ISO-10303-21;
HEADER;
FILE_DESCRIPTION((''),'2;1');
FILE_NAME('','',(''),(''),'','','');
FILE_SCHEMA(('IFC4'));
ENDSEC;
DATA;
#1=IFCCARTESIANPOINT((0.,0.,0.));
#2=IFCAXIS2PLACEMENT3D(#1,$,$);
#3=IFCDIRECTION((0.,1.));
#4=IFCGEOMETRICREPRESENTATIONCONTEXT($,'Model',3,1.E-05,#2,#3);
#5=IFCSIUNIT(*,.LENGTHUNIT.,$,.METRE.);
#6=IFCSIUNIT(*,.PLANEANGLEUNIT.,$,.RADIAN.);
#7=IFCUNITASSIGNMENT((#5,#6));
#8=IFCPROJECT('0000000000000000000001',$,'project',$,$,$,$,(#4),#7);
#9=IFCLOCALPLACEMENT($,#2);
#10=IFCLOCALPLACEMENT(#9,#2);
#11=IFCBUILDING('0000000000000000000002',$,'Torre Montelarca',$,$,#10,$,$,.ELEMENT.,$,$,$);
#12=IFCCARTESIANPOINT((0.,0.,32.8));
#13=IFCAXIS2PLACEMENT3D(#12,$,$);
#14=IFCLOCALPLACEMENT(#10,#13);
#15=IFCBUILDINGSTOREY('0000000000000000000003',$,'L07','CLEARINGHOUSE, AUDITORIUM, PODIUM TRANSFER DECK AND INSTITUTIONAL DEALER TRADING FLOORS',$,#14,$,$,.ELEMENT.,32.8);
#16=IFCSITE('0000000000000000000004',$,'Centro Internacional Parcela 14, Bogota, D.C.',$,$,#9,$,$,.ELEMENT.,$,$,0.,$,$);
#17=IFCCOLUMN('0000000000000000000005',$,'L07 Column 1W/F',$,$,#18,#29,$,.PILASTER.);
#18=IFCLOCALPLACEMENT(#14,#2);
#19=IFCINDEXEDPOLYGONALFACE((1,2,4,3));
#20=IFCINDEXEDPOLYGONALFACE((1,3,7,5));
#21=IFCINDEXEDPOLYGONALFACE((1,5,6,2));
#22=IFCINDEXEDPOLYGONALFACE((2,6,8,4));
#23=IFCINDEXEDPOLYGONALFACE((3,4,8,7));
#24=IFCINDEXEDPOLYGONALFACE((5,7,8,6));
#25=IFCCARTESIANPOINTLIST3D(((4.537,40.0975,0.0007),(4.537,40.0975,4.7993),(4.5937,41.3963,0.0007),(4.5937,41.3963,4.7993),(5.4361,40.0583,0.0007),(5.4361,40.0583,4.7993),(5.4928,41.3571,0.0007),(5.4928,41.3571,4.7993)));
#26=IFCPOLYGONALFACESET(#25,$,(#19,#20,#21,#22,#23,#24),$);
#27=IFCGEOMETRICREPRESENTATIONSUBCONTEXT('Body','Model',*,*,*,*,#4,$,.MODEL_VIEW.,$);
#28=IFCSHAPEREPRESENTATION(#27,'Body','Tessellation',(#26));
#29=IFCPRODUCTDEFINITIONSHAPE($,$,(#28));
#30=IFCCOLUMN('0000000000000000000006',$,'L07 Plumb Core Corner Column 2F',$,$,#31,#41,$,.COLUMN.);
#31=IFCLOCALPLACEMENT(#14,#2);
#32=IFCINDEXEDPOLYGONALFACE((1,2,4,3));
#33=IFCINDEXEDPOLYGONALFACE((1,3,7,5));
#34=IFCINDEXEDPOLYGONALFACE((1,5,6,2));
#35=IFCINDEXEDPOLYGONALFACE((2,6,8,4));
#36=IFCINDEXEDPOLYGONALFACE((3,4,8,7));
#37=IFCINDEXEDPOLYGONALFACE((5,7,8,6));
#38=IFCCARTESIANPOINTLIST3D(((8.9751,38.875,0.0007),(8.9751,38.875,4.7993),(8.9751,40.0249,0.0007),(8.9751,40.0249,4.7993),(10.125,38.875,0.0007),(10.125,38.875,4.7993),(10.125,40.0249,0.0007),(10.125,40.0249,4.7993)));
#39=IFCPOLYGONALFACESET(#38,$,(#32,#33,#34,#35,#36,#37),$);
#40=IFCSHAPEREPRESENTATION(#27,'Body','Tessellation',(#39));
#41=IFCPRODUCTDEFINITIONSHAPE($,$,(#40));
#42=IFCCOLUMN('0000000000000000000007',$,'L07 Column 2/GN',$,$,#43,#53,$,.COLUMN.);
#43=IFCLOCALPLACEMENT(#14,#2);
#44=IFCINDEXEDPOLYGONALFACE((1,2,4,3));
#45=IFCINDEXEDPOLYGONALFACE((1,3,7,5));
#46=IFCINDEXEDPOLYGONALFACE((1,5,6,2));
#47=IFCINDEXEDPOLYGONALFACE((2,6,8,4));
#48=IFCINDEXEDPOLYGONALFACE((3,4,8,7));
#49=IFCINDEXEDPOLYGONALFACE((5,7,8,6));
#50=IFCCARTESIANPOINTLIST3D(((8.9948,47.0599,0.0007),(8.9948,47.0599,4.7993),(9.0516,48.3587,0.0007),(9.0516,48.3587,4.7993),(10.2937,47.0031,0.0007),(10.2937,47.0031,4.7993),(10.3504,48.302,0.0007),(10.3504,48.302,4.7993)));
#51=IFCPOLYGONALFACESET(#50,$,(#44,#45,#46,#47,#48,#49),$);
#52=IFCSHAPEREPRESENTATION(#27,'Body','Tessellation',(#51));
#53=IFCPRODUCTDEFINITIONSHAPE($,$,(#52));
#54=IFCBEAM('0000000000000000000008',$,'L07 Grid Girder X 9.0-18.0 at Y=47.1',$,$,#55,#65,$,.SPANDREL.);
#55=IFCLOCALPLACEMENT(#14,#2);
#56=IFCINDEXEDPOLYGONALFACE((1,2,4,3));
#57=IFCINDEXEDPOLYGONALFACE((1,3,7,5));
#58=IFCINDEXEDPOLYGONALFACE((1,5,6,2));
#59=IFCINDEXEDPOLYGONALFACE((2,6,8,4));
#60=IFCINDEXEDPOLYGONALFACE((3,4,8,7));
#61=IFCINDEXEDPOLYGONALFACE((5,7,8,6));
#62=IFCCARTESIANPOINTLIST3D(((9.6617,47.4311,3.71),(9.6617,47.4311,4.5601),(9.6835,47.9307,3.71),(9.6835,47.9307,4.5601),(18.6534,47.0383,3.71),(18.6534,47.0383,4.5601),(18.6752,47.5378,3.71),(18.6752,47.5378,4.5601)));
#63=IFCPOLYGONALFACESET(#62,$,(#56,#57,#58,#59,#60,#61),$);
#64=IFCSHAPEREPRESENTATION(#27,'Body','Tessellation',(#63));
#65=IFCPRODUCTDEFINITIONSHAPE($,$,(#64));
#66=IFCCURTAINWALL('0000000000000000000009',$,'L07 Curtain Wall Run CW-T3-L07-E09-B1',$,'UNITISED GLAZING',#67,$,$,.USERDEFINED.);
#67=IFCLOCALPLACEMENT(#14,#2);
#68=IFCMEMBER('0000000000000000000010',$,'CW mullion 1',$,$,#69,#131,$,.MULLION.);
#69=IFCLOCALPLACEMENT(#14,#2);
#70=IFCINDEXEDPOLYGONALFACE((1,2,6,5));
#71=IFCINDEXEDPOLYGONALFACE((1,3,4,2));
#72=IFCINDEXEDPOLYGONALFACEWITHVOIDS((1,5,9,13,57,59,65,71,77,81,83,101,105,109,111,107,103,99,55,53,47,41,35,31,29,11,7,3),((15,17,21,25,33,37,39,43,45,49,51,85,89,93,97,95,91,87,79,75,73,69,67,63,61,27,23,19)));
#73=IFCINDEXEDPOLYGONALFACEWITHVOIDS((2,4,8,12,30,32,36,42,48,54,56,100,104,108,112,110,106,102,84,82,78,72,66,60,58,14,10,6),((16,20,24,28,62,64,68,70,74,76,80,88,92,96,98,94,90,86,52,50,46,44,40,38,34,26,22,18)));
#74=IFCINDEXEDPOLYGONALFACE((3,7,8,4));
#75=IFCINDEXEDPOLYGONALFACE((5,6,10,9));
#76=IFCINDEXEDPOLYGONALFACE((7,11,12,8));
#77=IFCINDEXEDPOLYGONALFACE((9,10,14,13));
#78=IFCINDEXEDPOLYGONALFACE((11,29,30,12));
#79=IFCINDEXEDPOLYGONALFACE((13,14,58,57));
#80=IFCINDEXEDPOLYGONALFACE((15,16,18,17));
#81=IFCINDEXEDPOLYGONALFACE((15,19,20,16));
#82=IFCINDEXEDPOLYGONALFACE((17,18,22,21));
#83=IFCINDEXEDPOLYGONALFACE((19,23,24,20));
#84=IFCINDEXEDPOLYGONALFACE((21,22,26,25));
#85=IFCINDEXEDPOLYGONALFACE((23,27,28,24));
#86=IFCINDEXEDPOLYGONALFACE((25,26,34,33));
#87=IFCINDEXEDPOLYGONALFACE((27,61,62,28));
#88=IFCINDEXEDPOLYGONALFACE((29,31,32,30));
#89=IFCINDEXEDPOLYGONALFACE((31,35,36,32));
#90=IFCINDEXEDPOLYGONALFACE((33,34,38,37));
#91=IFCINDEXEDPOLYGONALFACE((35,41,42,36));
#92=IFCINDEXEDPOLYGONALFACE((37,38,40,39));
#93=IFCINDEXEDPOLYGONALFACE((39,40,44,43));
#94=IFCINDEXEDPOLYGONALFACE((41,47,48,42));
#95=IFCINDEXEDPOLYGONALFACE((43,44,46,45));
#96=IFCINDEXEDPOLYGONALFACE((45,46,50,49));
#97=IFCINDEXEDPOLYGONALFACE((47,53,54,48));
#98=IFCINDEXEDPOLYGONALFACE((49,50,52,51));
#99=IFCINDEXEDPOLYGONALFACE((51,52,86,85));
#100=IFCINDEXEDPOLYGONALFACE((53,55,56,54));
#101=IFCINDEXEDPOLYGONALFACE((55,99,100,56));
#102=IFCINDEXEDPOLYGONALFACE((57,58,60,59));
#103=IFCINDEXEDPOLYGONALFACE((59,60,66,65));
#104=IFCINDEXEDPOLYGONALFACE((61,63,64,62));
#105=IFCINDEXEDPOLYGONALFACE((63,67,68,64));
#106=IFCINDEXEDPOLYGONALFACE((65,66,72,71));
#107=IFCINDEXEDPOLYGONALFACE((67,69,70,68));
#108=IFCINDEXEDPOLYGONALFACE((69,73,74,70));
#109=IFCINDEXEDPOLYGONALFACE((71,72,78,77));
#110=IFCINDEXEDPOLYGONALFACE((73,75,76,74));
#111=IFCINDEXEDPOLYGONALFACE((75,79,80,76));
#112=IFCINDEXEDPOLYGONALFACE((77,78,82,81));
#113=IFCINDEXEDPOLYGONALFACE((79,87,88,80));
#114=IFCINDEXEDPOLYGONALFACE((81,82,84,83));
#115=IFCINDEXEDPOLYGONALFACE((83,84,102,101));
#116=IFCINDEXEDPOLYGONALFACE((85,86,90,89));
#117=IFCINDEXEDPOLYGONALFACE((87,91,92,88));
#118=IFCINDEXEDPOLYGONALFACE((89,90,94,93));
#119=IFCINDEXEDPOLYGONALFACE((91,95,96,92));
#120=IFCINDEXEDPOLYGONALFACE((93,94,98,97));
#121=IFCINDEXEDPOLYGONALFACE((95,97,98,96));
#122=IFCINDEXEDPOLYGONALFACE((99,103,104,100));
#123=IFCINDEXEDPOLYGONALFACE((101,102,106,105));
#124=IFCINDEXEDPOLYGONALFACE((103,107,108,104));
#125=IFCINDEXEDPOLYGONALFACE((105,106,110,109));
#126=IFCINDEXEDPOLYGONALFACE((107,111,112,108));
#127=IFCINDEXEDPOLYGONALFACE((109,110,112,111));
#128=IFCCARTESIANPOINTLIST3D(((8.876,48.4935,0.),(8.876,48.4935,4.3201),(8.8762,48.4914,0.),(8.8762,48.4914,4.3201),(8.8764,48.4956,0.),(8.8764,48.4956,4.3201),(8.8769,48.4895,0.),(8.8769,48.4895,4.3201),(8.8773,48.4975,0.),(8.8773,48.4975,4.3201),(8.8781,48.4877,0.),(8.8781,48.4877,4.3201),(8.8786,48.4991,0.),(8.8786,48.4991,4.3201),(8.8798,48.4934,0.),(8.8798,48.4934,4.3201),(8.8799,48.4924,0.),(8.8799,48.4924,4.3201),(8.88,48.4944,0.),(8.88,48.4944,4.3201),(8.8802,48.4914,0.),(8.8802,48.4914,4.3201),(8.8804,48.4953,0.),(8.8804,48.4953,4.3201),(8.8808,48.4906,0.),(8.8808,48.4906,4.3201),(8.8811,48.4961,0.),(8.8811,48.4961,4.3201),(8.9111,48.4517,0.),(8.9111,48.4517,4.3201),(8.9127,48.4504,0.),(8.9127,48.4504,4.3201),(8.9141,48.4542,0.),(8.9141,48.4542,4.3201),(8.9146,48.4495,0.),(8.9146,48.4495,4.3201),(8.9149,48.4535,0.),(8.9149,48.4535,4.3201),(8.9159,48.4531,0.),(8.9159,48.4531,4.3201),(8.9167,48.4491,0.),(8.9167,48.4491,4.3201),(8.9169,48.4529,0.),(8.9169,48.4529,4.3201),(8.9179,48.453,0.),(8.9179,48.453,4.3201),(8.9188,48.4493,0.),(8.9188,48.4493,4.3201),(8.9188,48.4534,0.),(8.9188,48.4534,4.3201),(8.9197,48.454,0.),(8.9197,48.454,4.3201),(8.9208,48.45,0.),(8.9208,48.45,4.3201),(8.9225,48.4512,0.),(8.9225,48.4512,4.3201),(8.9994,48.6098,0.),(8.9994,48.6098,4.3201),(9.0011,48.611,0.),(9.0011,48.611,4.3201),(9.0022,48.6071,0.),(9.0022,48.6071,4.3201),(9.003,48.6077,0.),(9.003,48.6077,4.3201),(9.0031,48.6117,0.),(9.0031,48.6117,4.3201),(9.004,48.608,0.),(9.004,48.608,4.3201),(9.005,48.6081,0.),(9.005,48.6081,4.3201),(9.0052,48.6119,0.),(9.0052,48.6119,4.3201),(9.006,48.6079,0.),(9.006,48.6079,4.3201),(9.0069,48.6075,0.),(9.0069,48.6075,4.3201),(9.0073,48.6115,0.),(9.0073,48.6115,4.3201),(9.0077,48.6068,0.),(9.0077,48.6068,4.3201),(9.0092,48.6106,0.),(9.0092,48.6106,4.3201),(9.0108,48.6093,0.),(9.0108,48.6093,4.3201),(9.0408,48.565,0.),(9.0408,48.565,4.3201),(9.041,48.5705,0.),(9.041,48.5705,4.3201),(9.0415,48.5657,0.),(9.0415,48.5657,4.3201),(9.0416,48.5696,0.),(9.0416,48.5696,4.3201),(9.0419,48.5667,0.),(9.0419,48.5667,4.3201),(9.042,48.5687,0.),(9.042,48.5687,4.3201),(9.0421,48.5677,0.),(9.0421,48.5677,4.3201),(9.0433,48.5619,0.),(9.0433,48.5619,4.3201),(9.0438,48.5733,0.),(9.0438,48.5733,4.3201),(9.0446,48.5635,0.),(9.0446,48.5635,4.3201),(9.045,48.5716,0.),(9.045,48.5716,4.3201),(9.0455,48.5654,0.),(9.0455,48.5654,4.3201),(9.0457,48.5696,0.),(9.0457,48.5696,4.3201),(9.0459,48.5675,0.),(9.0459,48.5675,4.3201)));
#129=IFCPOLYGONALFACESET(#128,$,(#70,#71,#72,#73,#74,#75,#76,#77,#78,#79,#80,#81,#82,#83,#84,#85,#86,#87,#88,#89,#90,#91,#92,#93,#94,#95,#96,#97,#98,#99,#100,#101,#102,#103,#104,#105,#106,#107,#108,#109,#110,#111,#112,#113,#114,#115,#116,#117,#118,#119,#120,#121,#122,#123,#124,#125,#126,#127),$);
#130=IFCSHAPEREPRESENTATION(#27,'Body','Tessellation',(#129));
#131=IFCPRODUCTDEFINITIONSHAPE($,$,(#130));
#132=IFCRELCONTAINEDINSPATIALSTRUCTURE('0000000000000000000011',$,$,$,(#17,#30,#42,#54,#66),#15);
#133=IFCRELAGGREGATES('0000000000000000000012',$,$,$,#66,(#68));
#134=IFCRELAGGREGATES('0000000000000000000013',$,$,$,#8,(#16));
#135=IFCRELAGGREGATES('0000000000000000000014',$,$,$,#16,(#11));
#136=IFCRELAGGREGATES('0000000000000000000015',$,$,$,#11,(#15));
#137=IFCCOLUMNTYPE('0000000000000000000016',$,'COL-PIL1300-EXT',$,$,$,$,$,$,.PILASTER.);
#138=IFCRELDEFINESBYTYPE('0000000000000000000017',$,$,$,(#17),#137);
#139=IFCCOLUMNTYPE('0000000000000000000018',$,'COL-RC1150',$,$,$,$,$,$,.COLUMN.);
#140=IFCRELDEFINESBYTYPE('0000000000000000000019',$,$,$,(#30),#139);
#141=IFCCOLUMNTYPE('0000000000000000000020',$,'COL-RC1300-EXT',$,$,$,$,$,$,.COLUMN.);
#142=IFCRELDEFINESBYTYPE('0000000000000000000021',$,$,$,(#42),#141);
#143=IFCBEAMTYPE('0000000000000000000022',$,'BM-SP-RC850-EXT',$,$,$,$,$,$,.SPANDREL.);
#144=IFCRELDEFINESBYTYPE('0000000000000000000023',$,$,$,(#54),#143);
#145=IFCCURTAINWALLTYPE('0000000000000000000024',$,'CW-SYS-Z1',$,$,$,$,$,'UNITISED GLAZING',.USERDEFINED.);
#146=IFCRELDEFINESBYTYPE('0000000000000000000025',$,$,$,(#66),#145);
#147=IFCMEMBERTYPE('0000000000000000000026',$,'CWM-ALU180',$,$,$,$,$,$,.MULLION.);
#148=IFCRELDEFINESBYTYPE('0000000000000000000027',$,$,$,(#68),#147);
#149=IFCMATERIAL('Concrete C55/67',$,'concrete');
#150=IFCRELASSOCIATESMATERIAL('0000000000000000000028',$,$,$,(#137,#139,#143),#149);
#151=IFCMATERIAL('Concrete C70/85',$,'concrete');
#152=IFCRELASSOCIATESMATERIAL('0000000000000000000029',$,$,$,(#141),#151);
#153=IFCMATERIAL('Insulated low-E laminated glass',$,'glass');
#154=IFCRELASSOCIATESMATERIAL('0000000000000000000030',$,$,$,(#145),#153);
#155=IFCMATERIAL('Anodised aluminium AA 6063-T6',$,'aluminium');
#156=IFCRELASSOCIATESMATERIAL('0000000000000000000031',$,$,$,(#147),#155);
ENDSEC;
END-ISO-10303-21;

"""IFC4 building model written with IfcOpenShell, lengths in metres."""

from ifc_helpers import new_model, si_unit, direction, frame, origin, origin_2d, place, context, subcontext, project, spatial, rectangle, hollow_rectangle, extrude, source, transform, mapped, material, material_profile, profile_set, type_object, element, aggregate, save


model = new_model("IFC4")

# Units and contexts
model_context = context("Model", 3, precision=1e-05, world=origin(), true_north=direction((0.0, 1.0)))
body_context = subcontext(model_context, "Body", "Model", "MODEL_VIEW")
ifc_project = project(units=[si_unit("LENGTHUNIT", "METRE"), si_unit("PLANEANGLEUNIT", "RADIAN")], contexts=[model_context])

# Site, building, storey
site_placement = place(None, origin())
site = spatial("IfcSite", under=ifc_project, at=site_placement, Name="Centro Internacional Parcela 14, Bogota, D.C.", CompositionType="ELEMENT", RefElevation=0.0)
building_placement = place(site_placement, origin())
building = spatial("IfcBuilding", under=site, at=building_placement, Name="Torre Montelarca", CompositionType="ELEMENT")
storey_placement = place(building_placement, frame((0.0, 0.0, 32.8)))
storey = spatial("IfcBuildingStorey", under=building, at=storey_placement, Name="L07", Description="CLEARINGHOUSE, AUDITORIUM, PODIUM TRANSFER DECK AND INSTITUTIONAL DEALER TRADING FLOORS", CompositionType="ELEMENT", Elevation=32.8)

# Columns
ifc_material_1 = material(Name="Concrete C55/67", Category="concrete")
ifc_material_profile_1 = material_profile(ifc_material_1, rectangle(XDim=0.8999, YDim=1.3, at=origin_2d()), Name="RC1300X900", Category="concrete")
ifc_profile_set_1 = profile_set([ifc_material_profile_1], Name="Concrete C55/67")
column_type_1 = type_object("IfcColumnType", Name="COL-PIL1300-EXT", PredefinedType="PILASTER", material=ifc_profile_set_1)
shared_shape_1 = source(origin(), body_context, "Body", "SweptSolid", [
    extrude(rectangle(XDim=0.8999, YDim=1.3, at=origin_2d()), origin(), (0.0, 0.0, 1.0), 4.7986),
])
column_1_placement = place(storey_placement, frame((5.0149, 40.7273, 0.0007), z_axis=(0.0, 0.0, 1.0), x_axis=(-0.999048, 0.043619, 0.0)))
element("IfcColumn", 1, at=column_1_placement, inside=storey, type_object=column_type_1, Name="L07 Column 1W/F", PredefinedType="PILASTER", context=body_context, shape_type="MappedRepresentation", body=[
    mapped(shared_shape_1, transform((0.0, 0.0, 0.0), scale=1.0)),
])
ifc_material_profile_2 = material_profile(ifc_material_1, rectangle(XDim=1.1499, YDim=1.1499, at=origin_2d()), Name="RC1150X1150", Category="concrete")
ifc_profile_set_2 = profile_set([ifc_material_profile_2], Name="Concrete C55/67")
column_type_2 = type_object("IfcColumnType", Name="COL-RC1150", PredefinedType="COLUMN", material=ifc_profile_set_2)
shared_shape_2 = source(origin(), body_context, "Body", "SweptSolid", [
    extrude(rectangle(XDim=1.1499, YDim=1.1499, at=origin_2d()), origin(), (0.0, 0.0, 1.0), 4.7986),
])
column_2_placement = place(storey_placement, frame((9.55, 39.45, 0.0007), z_axis=(0.0, 0.0, 1.0), x_axis=(1.0, 0.0, 0.0)))
element("IfcColumn", 2, at=column_2_placement, inside=storey, type_object=column_type_2, Name="L07 Plumb Core Corner Column 2F", PredefinedType="COLUMN", context=body_context, shape_type="MappedRepresentation", body=[
    mapped(shared_shape_2, transform((0.0, 0.0, 0.0), scale=1.0)),
])
ifc_material_2 = material(Name="Concrete C70/85", Category="concrete")
ifc_material_profile_3 = material_profile(ifc_material_2, rectangle(XDim=1.3, YDim=1.3, at=origin_2d()), Name="RC1300X1300", Category="concrete")
ifc_profile_set_3 = profile_set([ifc_material_profile_3], Name="Concrete C70/85")
column_type_3 = type_object("IfcColumnType", Name="COL-RC1300-EXT", PredefinedType="COLUMN", material=ifc_profile_set_3)
shared_shape_3 = source(origin(), body_context, "Body", "SweptSolid", [
    extrude(rectangle(XDim=1.3, YDim=1.3, at=origin_2d()), origin(), (0.0, 0.0, 1.0), 4.7986),
])
column_3_placement = place(storey_placement, frame((9.6726, 47.6809, 0.0007), z_axis=(0.0, 0.0, 1.0), x_axis=(-0.999048, 0.043619, 0.0)))
element("IfcColumn", 3, at=column_3_placement, inside=storey, type_object=column_type_3, Name="L07 Column 2/GN", PredefinedType="COLUMN", context=body_context, shape_type="MappedRepresentation", body=[
    mapped(shared_shape_3, transform((0.0, 0.0, 0.0), scale=1.0)),
])

# Beam
ifc_material_profile_4 = material_profile(ifc_material_1, rectangle(XDim=0.5, YDim=0.8501, at=origin_2d()), Name="RCB500X850", Category="concrete")
ifc_profile_set_4 = profile_set([ifc_material_profile_4], Name="Concrete C55/67")
beam_type = type_object("IfcBeamType", Name="BM-SP-RC850-EXT", PredefinedType="SPANDREL", material=ifc_profile_set_4)
shared_shape_4 = source(origin(), body_context, "Body", "SweptSolid", [
    extrude(rectangle(XDim=0.5, YDim=0.8501, at=origin_2d()), origin(), (0.0, 0.0, 1.0), 9.0002),
])
beam_placement = place(storey_placement, frame((9.6726, 47.6809, 4.135), z_axis=(0.999047, -0.043646, 0.0), x_axis=(0.043646, 0.999047, 0.0)))
element("IfcBeam", 4, at=beam_placement, inside=storey, type_object=beam_type, Name="L07 Grid Girder X 9.0-18.0 at Y=47.1", PredefinedType="SPANDREL", context=body_context, shape_type="MappedRepresentation", body=[
    mapped(shared_shape_4, transform((0.0, 0.0, 0.0), scale=1.0)),
])

# Curtain wall, member
ifc_material_3 = material(Name="Insulated low-E laminated glass", Category="glass")
curtain_wall_type = type_object("IfcCurtainWallType", Name="CW-SYS-Z1", ElementType="UNITISED GLAZING", PredefinedType="USERDEFINED", material=ifc_material_3)
curtain_wall_1_placement = place(storey_placement, origin())
curtain_wall_1 = element("IfcCurtainWall", 5, at=curtain_wall_1_placement, inside=storey, type_object=curtain_wall_type, Name="L07 Curtain Wall Run CW-T3-L07-E09-B1", ObjectType="UNITISED GLAZING", PredefinedType="USERDEFINED")
ifc_material_4 = material(Name="Anodised aluminium AA 6063-T6", Category="aluminium")
ifc_material_profile_5 = material_profile(ifc_material_4, hollow_rectangle(XDim=0.0649, YDim=0.1799, WallThickness=0.0039, InnerFilletRadius=0.0039, OuterFilletRadius=0.0081, at=origin_2d()), Name="ALU65X180X4", Category="aluminium")
ifc_profile_set_5 = profile_set([ifc_material_profile_5], Name="Anodised aluminium AA 6063-T6")
member_type_1 = type_object("IfcMemberType", Name="CWM-ALU180", PredefinedType="MULLION", material=ifc_profile_set_5)
shared_shape_5 = source(origin(), body_context, "Body", "SweptSolid", [
    extrude(hollow_rectangle(XDim=0.0649, YDim=0.1799, WallThickness=0.0039, InnerFilletRadius=0.0039, OuterFilletRadius=0.0081, at=origin_2d()), origin(), (0.0, 0.0, 1.0), 4.3201),
])
member_1_placement = place(storey_placement, frame((8.9609, 48.5305, 0.0), z_axis=(0.0, 0.0, 1.0), x_axis=(0.675583, -0.737283, 0.0)))
member_1 = element("IfcMember", 6, at=member_1_placement, type_object=member_type_1, Name="CW mullion 1", PredefinedType="MULLION", context=body_context, shape_type="MappedRepresentation", body=[
    mapped(shared_shape_5, transform((0.0, 0.0, 0.0), scale=1.0)),
])

aggregate(curtain_wall_1, [member_1])

save(model, "model.ifc")
